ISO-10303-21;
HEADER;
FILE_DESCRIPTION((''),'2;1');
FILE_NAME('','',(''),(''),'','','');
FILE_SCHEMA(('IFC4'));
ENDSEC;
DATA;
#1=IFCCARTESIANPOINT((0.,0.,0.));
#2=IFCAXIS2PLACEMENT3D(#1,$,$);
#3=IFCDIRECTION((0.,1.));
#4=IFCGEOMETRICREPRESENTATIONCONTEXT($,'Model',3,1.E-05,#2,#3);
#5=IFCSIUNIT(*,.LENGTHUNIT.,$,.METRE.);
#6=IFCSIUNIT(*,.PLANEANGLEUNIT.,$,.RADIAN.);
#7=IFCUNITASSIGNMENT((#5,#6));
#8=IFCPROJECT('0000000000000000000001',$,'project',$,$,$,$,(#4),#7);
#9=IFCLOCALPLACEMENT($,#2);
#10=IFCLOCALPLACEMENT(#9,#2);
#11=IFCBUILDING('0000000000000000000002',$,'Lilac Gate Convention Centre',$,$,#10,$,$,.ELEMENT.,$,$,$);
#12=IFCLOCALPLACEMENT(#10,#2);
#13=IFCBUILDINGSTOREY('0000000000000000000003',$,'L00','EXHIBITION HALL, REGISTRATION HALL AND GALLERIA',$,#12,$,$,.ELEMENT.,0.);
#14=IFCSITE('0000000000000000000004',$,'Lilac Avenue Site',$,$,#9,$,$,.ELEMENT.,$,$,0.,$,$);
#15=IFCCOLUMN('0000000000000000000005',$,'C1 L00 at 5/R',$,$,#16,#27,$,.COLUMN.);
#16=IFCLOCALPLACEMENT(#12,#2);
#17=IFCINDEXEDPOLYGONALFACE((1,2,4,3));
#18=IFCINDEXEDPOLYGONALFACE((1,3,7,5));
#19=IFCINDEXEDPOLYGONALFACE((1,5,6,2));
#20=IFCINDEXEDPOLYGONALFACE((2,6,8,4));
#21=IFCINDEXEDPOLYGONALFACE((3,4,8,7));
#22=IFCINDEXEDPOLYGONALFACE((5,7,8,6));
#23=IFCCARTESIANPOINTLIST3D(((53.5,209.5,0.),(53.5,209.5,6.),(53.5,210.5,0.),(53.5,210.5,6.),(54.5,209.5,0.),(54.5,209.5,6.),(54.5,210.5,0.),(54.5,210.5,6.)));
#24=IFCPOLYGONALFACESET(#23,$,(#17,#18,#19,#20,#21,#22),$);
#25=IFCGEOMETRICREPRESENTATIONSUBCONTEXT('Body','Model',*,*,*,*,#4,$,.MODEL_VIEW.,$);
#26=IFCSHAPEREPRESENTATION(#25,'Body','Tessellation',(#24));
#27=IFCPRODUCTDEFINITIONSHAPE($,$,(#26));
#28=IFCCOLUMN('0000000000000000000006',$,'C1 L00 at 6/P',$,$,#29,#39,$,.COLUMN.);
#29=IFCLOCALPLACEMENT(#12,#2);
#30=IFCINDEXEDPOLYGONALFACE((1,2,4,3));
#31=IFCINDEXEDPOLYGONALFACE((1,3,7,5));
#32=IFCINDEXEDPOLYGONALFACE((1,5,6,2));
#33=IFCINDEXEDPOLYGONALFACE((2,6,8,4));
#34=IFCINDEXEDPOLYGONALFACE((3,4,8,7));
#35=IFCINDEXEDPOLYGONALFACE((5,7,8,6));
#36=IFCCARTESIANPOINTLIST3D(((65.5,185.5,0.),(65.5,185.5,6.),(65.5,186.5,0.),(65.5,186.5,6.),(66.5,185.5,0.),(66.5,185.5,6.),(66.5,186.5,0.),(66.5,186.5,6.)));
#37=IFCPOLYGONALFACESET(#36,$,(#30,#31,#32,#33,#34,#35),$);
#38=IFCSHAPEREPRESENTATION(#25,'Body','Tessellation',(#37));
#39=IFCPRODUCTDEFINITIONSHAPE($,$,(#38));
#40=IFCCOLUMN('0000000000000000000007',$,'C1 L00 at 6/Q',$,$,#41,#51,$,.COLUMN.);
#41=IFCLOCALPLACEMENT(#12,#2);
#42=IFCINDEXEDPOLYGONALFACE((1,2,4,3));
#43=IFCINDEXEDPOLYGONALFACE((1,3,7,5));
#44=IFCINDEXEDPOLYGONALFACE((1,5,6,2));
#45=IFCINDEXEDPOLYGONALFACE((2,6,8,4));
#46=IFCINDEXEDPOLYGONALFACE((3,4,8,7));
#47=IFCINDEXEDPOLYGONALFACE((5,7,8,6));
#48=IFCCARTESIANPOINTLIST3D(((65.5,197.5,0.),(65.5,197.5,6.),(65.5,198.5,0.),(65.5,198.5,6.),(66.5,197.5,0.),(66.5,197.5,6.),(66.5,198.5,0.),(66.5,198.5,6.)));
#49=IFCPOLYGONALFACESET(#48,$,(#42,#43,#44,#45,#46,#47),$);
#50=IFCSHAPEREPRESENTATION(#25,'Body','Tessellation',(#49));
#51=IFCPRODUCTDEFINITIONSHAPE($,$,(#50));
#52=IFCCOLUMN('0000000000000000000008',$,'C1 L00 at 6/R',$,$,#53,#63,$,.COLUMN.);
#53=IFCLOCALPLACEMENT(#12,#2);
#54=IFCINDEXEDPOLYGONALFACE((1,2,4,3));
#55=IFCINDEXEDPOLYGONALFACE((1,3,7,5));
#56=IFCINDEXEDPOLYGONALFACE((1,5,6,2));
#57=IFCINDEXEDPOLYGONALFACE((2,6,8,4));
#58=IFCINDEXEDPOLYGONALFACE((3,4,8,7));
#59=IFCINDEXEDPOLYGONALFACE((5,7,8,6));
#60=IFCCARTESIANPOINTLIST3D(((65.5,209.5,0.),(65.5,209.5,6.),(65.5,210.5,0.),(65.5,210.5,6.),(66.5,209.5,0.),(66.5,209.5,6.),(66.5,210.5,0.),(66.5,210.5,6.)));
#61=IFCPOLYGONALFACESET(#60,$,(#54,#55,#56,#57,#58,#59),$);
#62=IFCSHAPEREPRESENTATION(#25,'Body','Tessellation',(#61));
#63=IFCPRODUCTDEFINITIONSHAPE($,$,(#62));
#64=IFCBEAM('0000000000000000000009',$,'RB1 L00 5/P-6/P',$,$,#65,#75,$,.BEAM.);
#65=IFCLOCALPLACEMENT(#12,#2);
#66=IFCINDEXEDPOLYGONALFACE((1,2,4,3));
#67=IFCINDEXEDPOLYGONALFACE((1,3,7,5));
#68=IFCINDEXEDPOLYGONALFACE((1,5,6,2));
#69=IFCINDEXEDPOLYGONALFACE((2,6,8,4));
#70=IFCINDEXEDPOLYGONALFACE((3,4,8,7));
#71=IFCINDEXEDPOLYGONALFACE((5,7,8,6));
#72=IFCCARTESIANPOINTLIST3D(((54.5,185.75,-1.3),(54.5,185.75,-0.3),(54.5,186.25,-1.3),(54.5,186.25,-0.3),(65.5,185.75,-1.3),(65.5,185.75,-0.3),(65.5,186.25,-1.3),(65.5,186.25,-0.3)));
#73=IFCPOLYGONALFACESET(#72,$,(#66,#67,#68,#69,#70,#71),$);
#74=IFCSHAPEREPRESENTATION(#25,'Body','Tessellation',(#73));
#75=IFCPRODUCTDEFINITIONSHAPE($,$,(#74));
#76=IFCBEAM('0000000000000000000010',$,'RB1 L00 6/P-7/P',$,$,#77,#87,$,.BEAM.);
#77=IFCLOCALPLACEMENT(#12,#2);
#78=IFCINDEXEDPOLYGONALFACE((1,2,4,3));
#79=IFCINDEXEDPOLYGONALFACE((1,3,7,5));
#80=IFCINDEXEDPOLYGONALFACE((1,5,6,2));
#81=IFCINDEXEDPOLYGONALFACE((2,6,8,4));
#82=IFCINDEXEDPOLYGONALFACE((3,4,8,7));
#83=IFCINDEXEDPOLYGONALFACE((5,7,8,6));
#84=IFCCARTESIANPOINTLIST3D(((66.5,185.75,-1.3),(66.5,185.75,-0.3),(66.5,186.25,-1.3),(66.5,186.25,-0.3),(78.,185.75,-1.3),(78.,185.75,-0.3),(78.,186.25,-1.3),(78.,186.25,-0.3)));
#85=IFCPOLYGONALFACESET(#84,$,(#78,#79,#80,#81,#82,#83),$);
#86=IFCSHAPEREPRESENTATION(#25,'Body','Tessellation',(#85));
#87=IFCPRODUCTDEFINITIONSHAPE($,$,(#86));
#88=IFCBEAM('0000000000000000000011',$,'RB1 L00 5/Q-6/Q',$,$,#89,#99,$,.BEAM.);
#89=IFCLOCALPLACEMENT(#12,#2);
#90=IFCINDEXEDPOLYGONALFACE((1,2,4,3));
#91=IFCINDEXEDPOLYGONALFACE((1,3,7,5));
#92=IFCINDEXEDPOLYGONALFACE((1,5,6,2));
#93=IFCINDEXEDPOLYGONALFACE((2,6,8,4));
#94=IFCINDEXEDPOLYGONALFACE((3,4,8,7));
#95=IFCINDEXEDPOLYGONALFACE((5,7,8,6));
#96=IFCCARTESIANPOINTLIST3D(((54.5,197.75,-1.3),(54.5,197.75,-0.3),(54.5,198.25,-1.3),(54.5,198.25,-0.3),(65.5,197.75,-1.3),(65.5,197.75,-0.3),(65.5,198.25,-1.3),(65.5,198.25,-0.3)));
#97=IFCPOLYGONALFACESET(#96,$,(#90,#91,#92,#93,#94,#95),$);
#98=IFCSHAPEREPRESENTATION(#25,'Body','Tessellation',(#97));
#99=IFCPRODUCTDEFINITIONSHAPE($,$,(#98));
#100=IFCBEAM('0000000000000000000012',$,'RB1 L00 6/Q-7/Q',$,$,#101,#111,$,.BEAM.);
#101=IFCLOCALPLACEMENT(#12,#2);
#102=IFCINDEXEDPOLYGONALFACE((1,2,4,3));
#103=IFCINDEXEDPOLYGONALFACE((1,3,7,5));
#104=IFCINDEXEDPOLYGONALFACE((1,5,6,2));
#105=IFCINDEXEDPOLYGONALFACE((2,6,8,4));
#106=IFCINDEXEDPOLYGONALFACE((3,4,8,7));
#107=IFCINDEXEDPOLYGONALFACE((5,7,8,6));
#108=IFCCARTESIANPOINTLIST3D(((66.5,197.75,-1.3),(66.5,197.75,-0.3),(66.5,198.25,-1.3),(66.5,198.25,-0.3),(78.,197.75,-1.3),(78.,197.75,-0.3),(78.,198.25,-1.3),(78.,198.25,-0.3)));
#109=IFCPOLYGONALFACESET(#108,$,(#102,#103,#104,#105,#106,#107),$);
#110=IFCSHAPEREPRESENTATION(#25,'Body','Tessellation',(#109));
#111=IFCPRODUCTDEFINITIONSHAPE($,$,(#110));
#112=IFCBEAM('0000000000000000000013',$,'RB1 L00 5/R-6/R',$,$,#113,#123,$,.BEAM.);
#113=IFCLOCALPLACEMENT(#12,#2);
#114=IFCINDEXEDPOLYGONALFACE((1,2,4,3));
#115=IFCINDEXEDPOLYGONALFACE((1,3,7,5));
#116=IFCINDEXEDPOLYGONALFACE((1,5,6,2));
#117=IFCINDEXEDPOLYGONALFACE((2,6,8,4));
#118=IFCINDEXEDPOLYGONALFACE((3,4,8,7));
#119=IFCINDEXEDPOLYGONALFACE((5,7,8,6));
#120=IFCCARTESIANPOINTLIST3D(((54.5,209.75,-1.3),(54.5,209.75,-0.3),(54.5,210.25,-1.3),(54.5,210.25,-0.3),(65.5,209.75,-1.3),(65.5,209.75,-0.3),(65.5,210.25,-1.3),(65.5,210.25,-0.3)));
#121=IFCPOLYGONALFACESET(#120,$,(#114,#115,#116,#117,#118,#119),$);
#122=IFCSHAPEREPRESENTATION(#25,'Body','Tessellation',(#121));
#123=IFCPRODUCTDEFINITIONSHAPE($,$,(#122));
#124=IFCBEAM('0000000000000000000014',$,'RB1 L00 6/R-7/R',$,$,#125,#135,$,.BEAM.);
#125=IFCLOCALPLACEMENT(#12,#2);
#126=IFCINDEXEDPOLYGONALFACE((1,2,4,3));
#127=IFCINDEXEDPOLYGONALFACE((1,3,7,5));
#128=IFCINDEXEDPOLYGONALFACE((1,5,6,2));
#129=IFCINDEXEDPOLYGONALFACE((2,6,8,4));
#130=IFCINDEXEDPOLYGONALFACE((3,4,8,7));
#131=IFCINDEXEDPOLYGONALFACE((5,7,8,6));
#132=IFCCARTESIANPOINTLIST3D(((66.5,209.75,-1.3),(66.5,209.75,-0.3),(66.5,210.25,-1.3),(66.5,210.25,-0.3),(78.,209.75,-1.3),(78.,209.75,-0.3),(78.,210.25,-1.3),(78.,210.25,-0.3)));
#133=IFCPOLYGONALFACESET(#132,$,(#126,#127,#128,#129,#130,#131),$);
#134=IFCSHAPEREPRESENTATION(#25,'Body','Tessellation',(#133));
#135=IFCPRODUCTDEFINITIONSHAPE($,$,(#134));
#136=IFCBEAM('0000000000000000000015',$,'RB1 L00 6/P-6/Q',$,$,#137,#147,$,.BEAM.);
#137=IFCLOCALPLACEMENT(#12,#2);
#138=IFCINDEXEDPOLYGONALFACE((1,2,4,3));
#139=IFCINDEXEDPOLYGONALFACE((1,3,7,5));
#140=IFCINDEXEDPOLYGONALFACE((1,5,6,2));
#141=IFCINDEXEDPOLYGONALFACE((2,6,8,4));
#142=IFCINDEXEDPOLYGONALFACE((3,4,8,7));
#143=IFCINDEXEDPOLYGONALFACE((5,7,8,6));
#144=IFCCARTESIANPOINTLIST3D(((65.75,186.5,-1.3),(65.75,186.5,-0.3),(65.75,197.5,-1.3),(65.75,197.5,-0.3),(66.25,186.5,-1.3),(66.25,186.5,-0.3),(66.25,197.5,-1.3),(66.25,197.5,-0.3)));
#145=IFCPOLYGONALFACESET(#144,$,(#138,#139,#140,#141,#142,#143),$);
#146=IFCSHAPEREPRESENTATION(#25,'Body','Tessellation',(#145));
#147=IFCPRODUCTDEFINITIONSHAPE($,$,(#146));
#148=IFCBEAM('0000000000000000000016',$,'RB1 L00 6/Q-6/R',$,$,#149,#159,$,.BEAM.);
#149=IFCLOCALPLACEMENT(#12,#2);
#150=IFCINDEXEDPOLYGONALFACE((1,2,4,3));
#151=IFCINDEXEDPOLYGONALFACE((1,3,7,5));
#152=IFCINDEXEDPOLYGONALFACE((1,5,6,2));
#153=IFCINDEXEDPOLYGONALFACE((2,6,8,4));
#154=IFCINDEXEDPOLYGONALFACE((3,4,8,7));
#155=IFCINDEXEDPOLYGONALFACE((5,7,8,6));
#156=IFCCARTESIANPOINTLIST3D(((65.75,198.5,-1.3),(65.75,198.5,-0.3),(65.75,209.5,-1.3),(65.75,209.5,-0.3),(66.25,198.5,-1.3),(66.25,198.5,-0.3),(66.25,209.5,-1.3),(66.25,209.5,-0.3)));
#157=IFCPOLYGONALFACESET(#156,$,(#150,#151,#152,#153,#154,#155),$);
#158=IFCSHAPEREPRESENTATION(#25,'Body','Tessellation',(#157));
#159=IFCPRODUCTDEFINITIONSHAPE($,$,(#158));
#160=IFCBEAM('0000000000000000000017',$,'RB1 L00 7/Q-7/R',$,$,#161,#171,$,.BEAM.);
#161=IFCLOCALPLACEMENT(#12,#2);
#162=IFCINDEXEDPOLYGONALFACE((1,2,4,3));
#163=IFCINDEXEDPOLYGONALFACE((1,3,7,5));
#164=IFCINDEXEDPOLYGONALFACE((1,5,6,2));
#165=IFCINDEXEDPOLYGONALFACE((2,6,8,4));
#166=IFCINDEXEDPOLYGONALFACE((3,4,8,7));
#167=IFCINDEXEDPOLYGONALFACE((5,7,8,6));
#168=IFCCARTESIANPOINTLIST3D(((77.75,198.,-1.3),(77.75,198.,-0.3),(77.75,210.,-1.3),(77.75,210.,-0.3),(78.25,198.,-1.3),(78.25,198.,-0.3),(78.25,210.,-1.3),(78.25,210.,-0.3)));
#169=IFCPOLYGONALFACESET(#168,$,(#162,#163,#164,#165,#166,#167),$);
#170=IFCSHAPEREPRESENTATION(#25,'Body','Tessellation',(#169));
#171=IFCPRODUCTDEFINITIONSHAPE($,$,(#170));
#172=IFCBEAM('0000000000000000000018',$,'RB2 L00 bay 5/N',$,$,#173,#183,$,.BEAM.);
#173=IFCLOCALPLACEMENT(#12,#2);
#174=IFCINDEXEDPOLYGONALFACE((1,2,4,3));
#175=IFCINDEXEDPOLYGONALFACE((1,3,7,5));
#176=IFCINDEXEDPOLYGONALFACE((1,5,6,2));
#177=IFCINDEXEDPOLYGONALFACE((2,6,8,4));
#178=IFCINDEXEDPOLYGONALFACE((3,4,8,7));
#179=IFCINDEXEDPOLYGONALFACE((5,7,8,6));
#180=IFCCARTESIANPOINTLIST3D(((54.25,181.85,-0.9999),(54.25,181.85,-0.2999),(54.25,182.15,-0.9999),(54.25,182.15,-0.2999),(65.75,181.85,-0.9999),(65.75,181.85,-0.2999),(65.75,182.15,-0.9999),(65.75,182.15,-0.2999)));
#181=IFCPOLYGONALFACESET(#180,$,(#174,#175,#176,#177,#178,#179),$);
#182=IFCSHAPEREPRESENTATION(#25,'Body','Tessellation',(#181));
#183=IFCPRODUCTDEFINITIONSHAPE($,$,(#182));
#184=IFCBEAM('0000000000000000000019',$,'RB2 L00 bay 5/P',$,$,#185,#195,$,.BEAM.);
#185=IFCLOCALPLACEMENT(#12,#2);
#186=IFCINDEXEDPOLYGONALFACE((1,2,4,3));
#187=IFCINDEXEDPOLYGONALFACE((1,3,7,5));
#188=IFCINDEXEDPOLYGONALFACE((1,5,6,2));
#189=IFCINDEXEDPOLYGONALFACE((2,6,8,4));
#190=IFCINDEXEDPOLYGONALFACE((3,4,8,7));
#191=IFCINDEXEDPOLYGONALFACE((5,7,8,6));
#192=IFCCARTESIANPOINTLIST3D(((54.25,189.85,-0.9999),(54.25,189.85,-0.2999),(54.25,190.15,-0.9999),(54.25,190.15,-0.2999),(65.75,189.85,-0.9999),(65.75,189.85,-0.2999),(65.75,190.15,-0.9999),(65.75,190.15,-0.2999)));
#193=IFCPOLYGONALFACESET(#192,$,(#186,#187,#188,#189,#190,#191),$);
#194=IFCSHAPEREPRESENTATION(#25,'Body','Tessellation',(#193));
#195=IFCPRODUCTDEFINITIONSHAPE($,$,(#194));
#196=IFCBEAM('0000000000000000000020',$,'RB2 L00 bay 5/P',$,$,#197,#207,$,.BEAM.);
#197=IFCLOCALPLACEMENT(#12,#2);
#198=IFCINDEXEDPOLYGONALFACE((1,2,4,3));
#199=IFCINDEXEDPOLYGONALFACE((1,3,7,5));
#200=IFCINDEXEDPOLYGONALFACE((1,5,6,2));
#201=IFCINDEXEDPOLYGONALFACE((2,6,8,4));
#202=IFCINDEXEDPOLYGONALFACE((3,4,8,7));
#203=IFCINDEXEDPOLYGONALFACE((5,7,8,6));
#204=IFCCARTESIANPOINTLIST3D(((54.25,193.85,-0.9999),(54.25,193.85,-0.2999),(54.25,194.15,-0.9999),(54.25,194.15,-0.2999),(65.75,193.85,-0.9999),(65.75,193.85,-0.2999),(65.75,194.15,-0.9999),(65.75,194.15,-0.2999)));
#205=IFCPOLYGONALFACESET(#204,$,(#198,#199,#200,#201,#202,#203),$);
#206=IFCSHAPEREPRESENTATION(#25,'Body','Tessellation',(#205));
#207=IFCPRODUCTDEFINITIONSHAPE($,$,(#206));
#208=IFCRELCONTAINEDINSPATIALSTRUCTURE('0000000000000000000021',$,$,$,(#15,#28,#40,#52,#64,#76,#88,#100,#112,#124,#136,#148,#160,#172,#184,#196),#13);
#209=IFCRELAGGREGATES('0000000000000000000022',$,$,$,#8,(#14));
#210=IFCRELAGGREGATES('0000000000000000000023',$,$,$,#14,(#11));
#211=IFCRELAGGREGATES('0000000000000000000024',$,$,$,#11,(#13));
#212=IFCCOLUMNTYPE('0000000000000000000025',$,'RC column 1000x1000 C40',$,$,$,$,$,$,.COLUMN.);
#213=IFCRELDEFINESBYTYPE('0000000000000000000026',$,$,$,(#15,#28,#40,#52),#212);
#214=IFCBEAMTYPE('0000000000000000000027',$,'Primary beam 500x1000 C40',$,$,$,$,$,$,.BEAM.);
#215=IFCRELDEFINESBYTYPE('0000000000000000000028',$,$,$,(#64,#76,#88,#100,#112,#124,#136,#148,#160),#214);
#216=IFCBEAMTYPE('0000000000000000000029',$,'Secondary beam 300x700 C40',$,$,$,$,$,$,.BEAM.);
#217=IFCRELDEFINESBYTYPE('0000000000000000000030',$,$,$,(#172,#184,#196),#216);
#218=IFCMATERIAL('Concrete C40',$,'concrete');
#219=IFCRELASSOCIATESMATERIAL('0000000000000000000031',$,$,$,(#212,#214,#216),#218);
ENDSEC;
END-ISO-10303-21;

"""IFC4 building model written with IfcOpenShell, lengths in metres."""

from ifc_helpers import new_model, si_unit, direction, frame, origin, origin_2d, place, context, subcontext, project, spatial, rectangle, extrude, material, material_profile, profile_set, type_object, element, save


model = new_model("IFC4")

# Units and contexts
model_context = context("Model", 3, precision=1e-05, world=origin(), true_north=direction((0.0, 1.0)))
body_context = subcontext(model_context, "Body", "Model", "MODEL_VIEW")
ifc_project = project(units=[si_unit("LENGTHUNIT", "METRE"), si_unit("PLANEANGLEUNIT", "RADIAN")], contexts=[model_context])

# Site, building, storey
site_placement = place(None, origin())
site = spatial("IfcSite", under=ifc_project, at=site_placement, Name="Lilac Avenue Site", CompositionType="ELEMENT", RefElevation=0.0)
building_placement = place(site_placement, origin())
building = spatial("IfcBuilding", under=site, at=building_placement, Name="Lilac Gate Convention Centre", CompositionType="ELEMENT")
storey_placement = place(building_placement, origin())
storey = spatial("IfcBuildingStorey", under=building, at=storey_placement, Name="L00", Description="EXHIBITION HALL, REGISTRATION HALL AND GALLERIA", CompositionType="ELEMENT", Elevation=0.0)

# Columns
ifc_material_1 = material(Name="Concrete C40", Category="concrete")
ifc_material_profile_1 = material_profile(ifc_material_1, rectangle(XDim=1.0, YDim=1.0, at=origin_2d()), Name="RC 1000x1000")
ifc_profile_set_1 = profile_set([ifc_material_profile_1], Name="Concrete C40")
column_type = type_object("IfcColumnType", Name="RC column 1000x1000 C40", PredefinedType="COLUMN", material=ifc_profile_set_1)
for number, where, z_axis, x_axis, name in (
    (1, (54.0, 210.0, 0.0), (0.0, 0.0, 1.0), (1.0, 0.0, 0.0), "C1 L00 at 5/R"),
    (2, (66.0, 186.0, 0.0), (0.0, 0.0, 1.0), (1.0, 0.0, 0.0), "C1 L00 at 6/P"),
    (3, (66.0, 198.0, 0.0), (0.0, 0.0, 1.0), (1.0, 0.0, 0.0), "C1 L00 at 6/Q"),
    (4, (66.0, 210.0, 0.0), (0.0, 0.0, 1.0), (1.0, 0.0, 0.0), "C1 L00 at 6/R"),
):
    element("IfcColumn", number, at=place(storey_placement, frame(where, z_axis=z_axis, x_axis=x_axis)), inside=storey, type_object=column_type, Name=name, PredefinedType="COLUMN", context=body_context, shape_type="SweptSolid", body=[
        extrude(rectangle(XDim=1.0, YDim=1.0, at=origin_2d()), origin(), (0.0, 0.0, 1.0), 6.0),
    ])

# Beams
ifc_material_profile_2 = material_profile(ifc_material_1, rectangle(XDim=0.5, YDim=1.0, at=origin_2d()), Name="RC 500x1000")
ifc_profile_set_2 = profile_set([ifc_material_profile_2], Name="Concrete C40")
beam_type_1 = type_object("IfcBeamType", Name="Primary beam 500x1000 C40", PredefinedType="BEAM", material=ifc_profile_set_2)
beam_1_placement = place(storey_placement, frame((54.5, 186.0, -0.8), z_axis=(1.0, 0.0, 0.0), x_axis=(0.0, 1.0, 0.0)))
element("IfcBeam", 5, at=beam_1_placement, inside=storey, type_object=beam_type_1, Name="RB1 L00 5/P-6/P", PredefinedType="BEAM", context=body_context, shape_type="SweptSolid", body=[
    extrude(rectangle(XDim=0.5, YDim=1.0, at=origin_2d()), origin(), (0.0, 0.0, 1.0), 11.0),
])
beam_2_placement = place(storey_placement, frame((66.5, 186.0, -0.8), z_axis=(1.0, 0.0, 0.0), x_axis=(0.0, 1.0, 0.0)))
element("IfcBeam", 6, at=beam_2_placement, inside=storey, type_object=beam_type_1, Name="RB1 L00 6/P-7/P", PredefinedType="BEAM", context=body_context, shape_type="SweptSolid", body=[
    extrude(rectangle(XDim=0.5, YDim=1.0, at=origin_2d()), origin(), (0.0, 0.0, 1.0), 11.5),
])
beam_3_placement = place(storey_placement, frame((54.5, 198.0, -0.8), z_axis=(1.0, 0.0, 0.0), x_axis=(0.0, 1.0, 0.0)))
element("IfcBeam", 7, at=beam_3_placement, inside=storey, type_object=beam_type_1, Name="RB1 L00 5/Q-6/Q", PredefinedType="BEAM", context=body_context, shape_type="SweptSolid", body=[
    extrude(rectangle(XDim=0.5, YDim=1.0, at=origin_2d()), origin(), (0.0, 0.0, 1.0), 11.0),
])
beam_4_placement = place(storey_placement, frame((66.5, 198.0, -0.8), z_axis=(1.0, 0.0, 0.0), x_axis=(0.0, 1.0, 0.0)))
element("IfcBeam", 8, at=beam_4_placement, inside=storey, type_object=beam_type_1, Name="RB1 L00 6/Q-7/Q", PredefinedType="BEAM", context=body_context, shape_type="SweptSolid", body=[
    extrude(rectangle(XDim=0.5, YDim=1.0, at=origin_2d()), origin(), (0.0, 0.0, 1.0), 11.5),
])
beam_5_placement = place(storey_placement, frame((54.5, 210.0, -0.8), z_axis=(1.0, 0.0, 0.0), x_axis=(0.0, 1.0, 0.0)))
element("IfcBeam", 9, at=beam_5_placement, inside=storey, type_object=beam_type_1, Name="RB1 L00 5/R-6/R", PredefinedType="BEAM", context=body_context, shape_type="SweptSolid", body=[
    extrude(rectangle(XDim=0.5, YDim=1.0, at=origin_2d()), origin(), (0.0, 0.0, 1.0), 11.0),
])
beam_6_placement = place(storey_placement, frame((66.5, 210.0, -0.8), z_axis=(1.0, 0.0, 0.0), x_axis=(0.0, 1.0, 0.0)))
element("IfcBeam", 10, at=beam_6_placement, inside=storey, type_object=beam_type_1, Name="RB1 L00 6/R-7/R", PredefinedType="BEAM", context=body_context, shape_type="SweptSolid", body=[
    extrude(rectangle(XDim=0.5, YDim=1.0, at=origin_2d()), origin(), (0.0, 0.0, 1.0), 11.5),
])
for number, where, z_axis, x_axis, name in (
    (11, (66.0, 186.5, -0.8), (0.0, 1.0, 0.0), (-1.0, 0.0, 0.0), "RB1 L00 6/P-6/Q"),
    (12, (66.0, 198.5, -0.8), (0.0, 1.0, 0.0), (-1.0, 0.0, 0.0), "RB1 L00 6/Q-6/R"),
):
    element("IfcBeam", number, at=place(storey_placement, frame(where, z_axis=z_axis, x_axis=x_axis)), inside=storey, type_object=beam_type_1, Name=name, PredefinedType="BEAM", context=body_context, shape_type="SweptSolid", body=[
        extrude(rectangle(XDim=0.5, YDim=1.0, at=origin_2d()), origin(), (0.0, 0.0, 1.0), 11.0),
    ])
beam_7_placement = place(storey_placement, frame((78.0, 198.0, -0.8), z_axis=(0.0, 1.0, 0.0), x_axis=(-1.0, 0.0, 0.0)))
element("IfcBeam", 13, at=beam_7_placement, inside=storey, type_object=beam_type_1, Name="RB1 L00 7/Q-7/R", PredefinedType="BEAM", context=body_context, shape_type="SweptSolid", body=[
    extrude(rectangle(XDim=0.5, YDim=1.0, at=origin_2d()), origin(), (0.0, 0.0, 1.0), 12.0),
])
ifc_material_profile_3 = material_profile(ifc_material_1, rectangle(XDim=0.3, YDim=0.7, at=origin_2d()), Name="RC 300x700")
ifc_profile_set_3 = profile_set([ifc_material_profile_3], Name="Concrete C40")
beam_type_2 = type_object("IfcBeamType", Name="Secondary beam 300x700 C40", PredefinedType="BEAM", material=ifc_profile_set_3)
for number, where, z_axis, x_axis, name in (
    (14, (54.25, 182.0, -0.6499), (1.0, 0.0, 0.0), (0.0, 1.0, 0.0), "RB2 L00 bay 5/N"),
    (15, (54.25, 190.0, -0.6499), (1.0, 0.0, 0.0), (0.0, 1.0, 0.0), "RB2 L00 bay 5/P"),
    (16, (54.25, 194.0, -0.6499), (1.0, 0.0, 0.0), (0.0, 1.0, 0.0), "RB2 L00 bay 5/P"),
):
    element("IfcBeam", number, at=place(storey_placement, frame(where, z_axis=z_axis, x_axis=x_axis)), inside=storey, type_object=beam_type_2, Name=name, PredefinedType="BEAM", context=body_context, shape_type="SweptSolid", body=[
        extrude(rectangle(XDim=0.3, YDim=0.7, at=origin_2d()), origin(), (0.0, 0.0, 1.0), 11.5),
    ])

save(model, "model.ifc")
